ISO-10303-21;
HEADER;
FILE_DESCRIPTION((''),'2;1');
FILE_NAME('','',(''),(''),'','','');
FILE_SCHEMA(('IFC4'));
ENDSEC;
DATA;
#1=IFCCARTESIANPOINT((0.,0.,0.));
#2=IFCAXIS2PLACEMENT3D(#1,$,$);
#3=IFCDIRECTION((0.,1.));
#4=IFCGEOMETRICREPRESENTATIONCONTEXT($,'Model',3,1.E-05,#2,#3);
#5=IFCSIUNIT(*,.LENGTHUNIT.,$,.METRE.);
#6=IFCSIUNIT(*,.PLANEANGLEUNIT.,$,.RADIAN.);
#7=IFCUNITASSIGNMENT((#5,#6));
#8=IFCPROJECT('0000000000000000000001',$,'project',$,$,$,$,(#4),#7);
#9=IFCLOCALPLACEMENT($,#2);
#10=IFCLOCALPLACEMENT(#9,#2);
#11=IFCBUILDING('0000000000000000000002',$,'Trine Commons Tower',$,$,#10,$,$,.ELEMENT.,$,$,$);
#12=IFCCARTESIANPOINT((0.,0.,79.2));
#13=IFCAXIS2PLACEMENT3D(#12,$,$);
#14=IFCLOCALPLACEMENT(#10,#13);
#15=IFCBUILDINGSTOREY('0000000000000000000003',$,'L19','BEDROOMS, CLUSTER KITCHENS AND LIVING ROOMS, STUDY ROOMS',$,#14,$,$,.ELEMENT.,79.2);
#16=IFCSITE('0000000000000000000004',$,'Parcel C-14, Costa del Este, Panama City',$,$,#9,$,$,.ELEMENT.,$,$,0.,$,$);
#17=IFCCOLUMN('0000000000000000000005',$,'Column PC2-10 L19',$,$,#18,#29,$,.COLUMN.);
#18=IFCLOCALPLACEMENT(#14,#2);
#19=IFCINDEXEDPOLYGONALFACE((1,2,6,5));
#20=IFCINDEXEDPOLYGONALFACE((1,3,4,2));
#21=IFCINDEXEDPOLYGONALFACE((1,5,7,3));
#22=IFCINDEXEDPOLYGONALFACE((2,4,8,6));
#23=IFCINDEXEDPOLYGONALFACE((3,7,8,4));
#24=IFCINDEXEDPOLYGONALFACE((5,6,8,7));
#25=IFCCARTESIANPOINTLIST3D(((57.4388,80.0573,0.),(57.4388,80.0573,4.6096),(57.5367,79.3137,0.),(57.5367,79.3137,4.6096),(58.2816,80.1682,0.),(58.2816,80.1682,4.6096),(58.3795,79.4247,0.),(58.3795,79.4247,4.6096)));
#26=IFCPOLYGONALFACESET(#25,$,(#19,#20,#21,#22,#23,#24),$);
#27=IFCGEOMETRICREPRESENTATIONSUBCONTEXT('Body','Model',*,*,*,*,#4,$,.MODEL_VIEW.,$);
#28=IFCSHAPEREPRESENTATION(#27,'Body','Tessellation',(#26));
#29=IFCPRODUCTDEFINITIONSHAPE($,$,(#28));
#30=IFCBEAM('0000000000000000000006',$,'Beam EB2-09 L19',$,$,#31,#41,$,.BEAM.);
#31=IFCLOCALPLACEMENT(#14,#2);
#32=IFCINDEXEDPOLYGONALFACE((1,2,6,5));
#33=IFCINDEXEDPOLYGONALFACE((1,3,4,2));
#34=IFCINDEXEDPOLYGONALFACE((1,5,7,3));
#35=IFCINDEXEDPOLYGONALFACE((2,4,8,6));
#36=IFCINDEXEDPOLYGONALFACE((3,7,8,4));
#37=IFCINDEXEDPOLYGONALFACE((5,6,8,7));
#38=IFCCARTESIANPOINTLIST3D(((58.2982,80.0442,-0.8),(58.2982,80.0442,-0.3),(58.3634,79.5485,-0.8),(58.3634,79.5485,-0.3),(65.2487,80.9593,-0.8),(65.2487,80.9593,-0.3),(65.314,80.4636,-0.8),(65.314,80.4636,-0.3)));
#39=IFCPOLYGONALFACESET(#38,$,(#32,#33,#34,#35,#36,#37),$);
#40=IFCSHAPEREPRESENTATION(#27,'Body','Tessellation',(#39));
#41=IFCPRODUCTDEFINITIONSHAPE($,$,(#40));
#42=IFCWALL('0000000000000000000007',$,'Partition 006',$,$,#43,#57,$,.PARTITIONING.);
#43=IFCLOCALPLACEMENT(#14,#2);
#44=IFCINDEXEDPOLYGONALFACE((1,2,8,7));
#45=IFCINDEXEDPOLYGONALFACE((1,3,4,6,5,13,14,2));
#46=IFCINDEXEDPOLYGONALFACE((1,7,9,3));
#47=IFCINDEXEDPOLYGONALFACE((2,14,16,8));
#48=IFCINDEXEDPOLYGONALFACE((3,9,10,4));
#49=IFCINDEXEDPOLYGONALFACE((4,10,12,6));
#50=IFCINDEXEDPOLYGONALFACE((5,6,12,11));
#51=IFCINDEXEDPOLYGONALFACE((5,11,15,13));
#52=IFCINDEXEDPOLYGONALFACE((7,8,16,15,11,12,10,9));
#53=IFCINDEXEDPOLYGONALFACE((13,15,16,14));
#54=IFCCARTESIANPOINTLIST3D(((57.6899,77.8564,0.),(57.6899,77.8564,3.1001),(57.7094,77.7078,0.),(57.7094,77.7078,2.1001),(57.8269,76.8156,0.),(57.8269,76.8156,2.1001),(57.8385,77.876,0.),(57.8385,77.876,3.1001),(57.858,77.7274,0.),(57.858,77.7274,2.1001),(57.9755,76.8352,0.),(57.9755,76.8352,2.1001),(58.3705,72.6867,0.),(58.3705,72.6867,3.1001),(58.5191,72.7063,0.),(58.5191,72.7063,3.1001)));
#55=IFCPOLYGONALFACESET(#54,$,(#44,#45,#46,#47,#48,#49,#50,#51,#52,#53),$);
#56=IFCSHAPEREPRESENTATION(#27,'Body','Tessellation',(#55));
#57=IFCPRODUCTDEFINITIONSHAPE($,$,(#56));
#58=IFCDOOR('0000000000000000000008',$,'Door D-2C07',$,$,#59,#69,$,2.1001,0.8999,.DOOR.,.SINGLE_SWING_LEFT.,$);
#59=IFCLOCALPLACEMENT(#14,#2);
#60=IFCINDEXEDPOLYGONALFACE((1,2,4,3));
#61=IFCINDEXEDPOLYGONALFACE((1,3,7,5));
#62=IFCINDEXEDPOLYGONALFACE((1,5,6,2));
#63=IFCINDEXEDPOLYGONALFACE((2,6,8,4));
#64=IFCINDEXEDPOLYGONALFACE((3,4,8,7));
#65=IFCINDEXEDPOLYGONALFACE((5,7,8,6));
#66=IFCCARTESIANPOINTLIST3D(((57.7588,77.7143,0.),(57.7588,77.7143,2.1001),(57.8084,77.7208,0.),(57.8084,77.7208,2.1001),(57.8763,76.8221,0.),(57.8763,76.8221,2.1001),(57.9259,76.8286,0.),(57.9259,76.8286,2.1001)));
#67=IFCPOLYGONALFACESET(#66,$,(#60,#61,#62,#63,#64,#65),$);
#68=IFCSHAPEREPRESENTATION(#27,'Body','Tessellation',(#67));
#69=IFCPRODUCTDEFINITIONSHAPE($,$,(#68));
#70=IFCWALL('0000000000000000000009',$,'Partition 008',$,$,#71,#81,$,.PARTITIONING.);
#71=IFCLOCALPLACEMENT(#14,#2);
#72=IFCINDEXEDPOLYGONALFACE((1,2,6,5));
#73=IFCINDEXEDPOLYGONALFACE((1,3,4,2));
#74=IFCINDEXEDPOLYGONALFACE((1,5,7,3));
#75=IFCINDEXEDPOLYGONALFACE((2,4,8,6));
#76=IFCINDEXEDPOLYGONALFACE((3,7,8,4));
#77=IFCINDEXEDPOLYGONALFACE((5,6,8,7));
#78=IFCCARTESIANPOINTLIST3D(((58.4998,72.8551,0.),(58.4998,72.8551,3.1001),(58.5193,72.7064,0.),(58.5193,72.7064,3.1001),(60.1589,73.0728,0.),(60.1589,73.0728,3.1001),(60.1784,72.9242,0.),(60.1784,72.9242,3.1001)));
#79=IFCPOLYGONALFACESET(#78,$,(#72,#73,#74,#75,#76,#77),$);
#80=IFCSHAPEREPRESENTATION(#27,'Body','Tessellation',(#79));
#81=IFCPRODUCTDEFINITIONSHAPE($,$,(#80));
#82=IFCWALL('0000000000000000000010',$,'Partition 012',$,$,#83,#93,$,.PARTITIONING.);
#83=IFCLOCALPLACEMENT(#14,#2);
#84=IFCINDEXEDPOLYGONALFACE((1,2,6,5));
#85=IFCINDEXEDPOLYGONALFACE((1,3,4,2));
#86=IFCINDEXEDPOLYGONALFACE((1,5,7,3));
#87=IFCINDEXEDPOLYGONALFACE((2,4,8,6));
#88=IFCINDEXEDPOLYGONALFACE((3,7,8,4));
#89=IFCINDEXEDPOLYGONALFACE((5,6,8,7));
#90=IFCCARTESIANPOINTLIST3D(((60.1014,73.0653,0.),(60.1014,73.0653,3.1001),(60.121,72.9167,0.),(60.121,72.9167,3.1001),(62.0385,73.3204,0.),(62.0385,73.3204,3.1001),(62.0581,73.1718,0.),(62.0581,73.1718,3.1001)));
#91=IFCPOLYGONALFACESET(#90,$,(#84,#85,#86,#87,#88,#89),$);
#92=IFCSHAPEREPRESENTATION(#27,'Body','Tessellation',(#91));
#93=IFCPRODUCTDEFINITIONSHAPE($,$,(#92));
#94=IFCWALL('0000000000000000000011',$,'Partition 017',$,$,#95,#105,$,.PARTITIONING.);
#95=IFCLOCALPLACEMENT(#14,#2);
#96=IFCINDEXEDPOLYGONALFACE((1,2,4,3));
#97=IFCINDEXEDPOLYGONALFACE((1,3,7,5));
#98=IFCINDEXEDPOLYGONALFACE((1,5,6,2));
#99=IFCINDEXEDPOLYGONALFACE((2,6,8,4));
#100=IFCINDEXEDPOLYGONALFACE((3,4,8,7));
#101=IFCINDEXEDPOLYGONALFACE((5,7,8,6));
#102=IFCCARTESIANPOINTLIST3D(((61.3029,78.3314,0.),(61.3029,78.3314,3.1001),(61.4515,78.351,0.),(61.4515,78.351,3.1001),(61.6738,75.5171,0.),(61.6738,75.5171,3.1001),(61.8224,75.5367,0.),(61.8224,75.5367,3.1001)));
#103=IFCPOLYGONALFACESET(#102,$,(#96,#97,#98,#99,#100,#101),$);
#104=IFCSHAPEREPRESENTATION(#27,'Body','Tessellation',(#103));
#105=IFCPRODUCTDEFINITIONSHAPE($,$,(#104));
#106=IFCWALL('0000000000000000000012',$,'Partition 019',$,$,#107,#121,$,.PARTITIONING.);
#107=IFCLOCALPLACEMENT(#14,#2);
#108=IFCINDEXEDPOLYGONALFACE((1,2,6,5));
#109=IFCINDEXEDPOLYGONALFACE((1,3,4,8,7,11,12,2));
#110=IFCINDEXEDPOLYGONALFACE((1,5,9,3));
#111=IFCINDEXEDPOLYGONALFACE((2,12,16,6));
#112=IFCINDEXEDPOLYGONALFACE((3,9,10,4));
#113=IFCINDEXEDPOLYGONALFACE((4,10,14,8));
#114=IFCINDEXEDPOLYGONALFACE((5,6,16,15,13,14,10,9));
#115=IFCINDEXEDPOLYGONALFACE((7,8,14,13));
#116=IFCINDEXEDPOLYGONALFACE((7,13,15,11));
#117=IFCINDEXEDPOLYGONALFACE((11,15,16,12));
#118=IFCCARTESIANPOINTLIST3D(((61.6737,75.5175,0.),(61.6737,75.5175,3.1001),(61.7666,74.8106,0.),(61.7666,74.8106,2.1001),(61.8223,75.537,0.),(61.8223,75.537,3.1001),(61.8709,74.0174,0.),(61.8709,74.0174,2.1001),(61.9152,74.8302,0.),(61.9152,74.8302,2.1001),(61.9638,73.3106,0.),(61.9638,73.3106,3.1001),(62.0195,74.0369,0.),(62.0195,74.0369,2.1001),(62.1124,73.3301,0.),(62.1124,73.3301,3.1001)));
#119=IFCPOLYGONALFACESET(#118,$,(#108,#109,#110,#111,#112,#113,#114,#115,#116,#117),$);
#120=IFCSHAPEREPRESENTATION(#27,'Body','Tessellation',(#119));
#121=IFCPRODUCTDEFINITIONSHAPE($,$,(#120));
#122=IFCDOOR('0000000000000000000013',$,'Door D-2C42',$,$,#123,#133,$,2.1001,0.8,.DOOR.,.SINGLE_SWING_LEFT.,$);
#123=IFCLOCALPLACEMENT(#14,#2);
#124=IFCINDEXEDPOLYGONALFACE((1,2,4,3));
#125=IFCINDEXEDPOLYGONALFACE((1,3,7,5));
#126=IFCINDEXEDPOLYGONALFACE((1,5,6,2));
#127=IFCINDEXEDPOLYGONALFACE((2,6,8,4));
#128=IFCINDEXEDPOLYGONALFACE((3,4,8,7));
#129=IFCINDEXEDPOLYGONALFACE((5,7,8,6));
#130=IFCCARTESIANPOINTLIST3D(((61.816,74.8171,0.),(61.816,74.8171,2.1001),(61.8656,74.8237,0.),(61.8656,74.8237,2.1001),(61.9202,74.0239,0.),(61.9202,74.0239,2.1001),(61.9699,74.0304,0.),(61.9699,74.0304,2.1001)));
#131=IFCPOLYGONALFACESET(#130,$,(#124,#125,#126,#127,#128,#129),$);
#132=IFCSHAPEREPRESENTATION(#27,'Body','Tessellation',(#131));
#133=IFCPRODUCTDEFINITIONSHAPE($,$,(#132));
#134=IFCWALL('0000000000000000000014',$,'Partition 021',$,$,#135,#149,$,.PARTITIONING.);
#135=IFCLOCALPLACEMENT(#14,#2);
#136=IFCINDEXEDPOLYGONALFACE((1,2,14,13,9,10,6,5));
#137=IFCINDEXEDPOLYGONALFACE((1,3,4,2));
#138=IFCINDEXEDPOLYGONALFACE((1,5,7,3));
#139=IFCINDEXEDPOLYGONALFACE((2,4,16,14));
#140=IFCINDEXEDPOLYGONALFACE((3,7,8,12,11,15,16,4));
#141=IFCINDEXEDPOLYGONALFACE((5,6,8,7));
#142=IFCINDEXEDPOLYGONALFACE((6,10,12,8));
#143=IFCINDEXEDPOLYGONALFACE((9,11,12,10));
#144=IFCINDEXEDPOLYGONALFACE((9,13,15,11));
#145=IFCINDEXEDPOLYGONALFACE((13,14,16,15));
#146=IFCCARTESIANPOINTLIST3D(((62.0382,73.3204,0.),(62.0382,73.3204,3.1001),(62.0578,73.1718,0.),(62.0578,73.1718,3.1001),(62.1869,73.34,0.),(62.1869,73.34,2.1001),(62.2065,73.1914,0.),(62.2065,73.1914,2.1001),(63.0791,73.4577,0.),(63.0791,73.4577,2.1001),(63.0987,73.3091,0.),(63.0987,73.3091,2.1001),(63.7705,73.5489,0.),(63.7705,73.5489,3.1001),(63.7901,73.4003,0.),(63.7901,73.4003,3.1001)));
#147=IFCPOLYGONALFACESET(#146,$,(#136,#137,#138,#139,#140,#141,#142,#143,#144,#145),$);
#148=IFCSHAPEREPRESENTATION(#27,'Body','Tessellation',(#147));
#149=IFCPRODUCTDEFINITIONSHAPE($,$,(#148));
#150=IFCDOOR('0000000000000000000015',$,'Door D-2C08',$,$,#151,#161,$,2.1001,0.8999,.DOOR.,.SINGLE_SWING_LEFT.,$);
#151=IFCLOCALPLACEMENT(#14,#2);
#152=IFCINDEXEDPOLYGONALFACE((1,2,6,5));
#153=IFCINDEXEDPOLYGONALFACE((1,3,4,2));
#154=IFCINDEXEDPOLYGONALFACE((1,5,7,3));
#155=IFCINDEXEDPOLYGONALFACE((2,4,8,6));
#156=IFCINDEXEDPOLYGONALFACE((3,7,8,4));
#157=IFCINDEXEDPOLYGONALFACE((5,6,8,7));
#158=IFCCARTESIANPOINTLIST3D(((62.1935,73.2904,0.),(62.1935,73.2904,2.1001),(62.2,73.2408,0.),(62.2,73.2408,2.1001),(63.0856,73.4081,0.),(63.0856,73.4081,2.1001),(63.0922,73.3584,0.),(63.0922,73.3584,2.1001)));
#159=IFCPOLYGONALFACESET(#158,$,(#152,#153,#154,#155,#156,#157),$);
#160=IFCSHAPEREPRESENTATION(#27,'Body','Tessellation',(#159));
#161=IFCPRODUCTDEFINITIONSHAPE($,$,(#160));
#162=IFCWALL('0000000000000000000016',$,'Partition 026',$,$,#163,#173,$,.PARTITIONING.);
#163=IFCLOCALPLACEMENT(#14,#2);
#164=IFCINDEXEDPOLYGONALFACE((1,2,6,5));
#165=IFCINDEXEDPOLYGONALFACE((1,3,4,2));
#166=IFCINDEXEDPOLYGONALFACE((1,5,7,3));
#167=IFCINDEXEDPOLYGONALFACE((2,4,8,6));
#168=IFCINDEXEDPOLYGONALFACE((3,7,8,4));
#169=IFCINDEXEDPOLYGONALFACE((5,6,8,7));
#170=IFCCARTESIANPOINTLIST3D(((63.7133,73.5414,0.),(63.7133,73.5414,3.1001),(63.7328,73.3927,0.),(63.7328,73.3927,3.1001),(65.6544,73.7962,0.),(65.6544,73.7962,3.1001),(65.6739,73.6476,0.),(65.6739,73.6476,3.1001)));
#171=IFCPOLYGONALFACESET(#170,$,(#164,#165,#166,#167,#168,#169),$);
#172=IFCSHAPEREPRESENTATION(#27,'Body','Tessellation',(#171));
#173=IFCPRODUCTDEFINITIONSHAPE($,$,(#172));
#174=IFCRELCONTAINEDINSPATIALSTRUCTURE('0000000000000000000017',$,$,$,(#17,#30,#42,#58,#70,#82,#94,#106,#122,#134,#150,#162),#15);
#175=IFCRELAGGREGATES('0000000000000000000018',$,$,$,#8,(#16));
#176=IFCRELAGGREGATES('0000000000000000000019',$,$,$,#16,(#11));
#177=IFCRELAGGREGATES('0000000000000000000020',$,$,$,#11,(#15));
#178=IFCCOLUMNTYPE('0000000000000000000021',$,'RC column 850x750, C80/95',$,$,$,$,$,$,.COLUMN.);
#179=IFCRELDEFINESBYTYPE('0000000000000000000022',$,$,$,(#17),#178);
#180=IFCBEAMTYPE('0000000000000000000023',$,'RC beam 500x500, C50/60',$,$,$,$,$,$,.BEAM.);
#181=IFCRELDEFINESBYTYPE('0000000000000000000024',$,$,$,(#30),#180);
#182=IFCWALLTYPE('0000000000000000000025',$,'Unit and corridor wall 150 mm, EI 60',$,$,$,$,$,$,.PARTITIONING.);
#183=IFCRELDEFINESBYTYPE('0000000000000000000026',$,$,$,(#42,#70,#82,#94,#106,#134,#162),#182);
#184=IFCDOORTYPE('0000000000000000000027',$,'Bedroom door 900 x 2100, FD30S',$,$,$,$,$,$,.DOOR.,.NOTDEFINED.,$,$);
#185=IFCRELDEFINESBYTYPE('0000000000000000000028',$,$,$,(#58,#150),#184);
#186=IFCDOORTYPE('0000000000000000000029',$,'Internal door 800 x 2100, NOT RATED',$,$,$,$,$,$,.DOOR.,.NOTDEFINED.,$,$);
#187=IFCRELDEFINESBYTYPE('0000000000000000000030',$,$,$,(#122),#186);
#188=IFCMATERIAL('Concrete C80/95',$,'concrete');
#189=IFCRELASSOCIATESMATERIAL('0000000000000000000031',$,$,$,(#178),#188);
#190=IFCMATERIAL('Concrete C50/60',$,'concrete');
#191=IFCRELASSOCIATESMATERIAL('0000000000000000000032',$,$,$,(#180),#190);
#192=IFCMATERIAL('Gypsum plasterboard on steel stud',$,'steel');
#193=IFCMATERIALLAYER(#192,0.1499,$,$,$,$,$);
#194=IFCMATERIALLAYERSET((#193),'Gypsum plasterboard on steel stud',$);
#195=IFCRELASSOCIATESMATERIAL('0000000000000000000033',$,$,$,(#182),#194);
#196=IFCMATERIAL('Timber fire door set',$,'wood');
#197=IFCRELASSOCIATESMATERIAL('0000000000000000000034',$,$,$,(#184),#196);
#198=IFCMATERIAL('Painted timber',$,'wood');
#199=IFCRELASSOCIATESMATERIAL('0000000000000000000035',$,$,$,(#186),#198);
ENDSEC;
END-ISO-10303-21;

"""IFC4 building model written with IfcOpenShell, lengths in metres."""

from ifc_helpers import new_model, si_unit, direction, frame, frame_2d, origin, origin_2d, place, context, subcontext, project, spatial, rectangle, extrude, material, layer, layer_set, material_profile, profile_set, type_object, element, fill, save


model = new_model("IFC4")

# Units and contexts
model_context = context("Model", 3, precision=1e-05, world=origin(), true_north=direction((0.0, 1.0)))
body_context = subcontext(model_context, "Body", "Model", "MODEL_VIEW")
ifc_project = project(units=[si_unit("LENGTHUNIT", "METRE"), si_unit("PLANEANGLEUNIT", "RADIAN")], contexts=[model_context])

# Site, building, storey
site_placement = place(None, origin())
site = spatial("IfcSite", under=ifc_project, at=site_placement, Name="Parcel C-14, Costa del Este, Panama City", CompositionType="ELEMENT", RefElevation=0.0)
building_placement = place(site_placement, origin())
building = spatial("IfcBuilding", under=site, at=building_placement, Name="Trine Commons Tower", CompositionType="ELEMENT")
storey_placement = place(building_placement, frame((0.0, 0.0, 79.2)))
storey = spatial("IfcBuildingStorey", under=building, at=storey_placement, Name="L19", Description="BEDROOMS, CLUSTER KITCHENS AND LIVING ROOMS, STUDY ROOMS", CompositionType="ELEMENT", Elevation=79.2)

# Column
ifc_material_1 = material(Name="Concrete C80/95", Category="concrete")
ifc_material_profile_1 = material_profile(ifc_material_1, rectangle(XDim=0.8501, YDim=0.75, at=origin_2d()), Name="RC 850x750")
ifc_profile_set_1 = profile_set([ifc_material_profile_1], Name="Concrete C80/95")
column_type = type_object("IfcColumnType", Name="RC column 850x750, C80/95", PredefinedType="COLUMN", material=ifc_profile_set_1)
column_placement = place(storey_placement, frame((57.9092, 79.741, 0.0), z_axis=(0.0, 0.0, 1.0), x_axis=(0.991445, 0.130526, 0.0)))
element("IfcColumn", 1, at=column_placement, inside=storey, type_object=column_type, Name="Column PC2-10 L19", PredefinedType="COLUMN", context=body_context, shape_type="SweptSolid", body=[
    extrude(rectangle(XDim=0.8501, YDim=0.75, at=origin_2d()), origin(), (0.0, 0.0, 1.0), 4.6096),
])

# Beam
ifc_material_2 = material(Name="Concrete C50/60", Category="concrete")
ifc_material_profile_2 = material_profile(ifc_material_2, rectangle(XDim=0.5, YDim=0.5, at=origin_2d()), Name="RC 500x500")
ifc_profile_set_2 = profile_set([ifc_material_profile_2], Name="Concrete C50/60")
beam_type = type_object("IfcBeamType", Name="RC beam 500x500, C50/60", PredefinedType="BEAM", material=ifc_profile_set_2)
beam_placement = place(storey_placement, frame((58.3308, 79.7964, -0.55), z_axis=(0.991445, 0.130526, 0.0), x_axis=(-0.130526, 0.991445, 0.0)))
element("IfcBeam", 2, at=beam_placement, inside=storey, type_object=beam_type, Name="Beam EB2-09 L19", PredefinedType="BEAM", context=body_context, shape_type="SweptSolid", body=[
    extrude(rectangle(XDim=0.5, YDim=0.5, at=origin_2d()), origin(), (0.0, 0.0, 1.0), 7.0105),
])

# Wall, opening, door
ifc_material_3 = material(Name="Gypsum plasterboard on steel stud", Category="steel")
ifc_layer_1 = layer(ifc_material_3, 0.1499)
ifc_layer_set_1 = layer_set([ifc_layer_1], Name="Gypsum plasterboard on steel stud")
wall_type_1 = type_object("IfcWallType", Name="Unit and corridor wall 150 mm, EI 60", PredefinedType="PARTITIONING", material=ifc_layer_set_1)
wall_1_placement = place(storey_placement, frame((57.7642, 77.8662, 0.0), z_axis=(0.0, 0.0, 1.0), x_axis=(0.130538, -0.991443, 0.0)))
wall_1 = element("IfcWall", 3, at=wall_1_placement, inside=storey, type_object=wall_type_1, Name="Partition 006", PredefinedType="PARTITIONING", context=body_context, shape_type="SweptSolid", body=[
    extrude(rectangle(XDim=5.2144, YDim=0.1499, at=frame_2d((2.6072, 0.0))), origin(), (0.0, 0.0, 1.0), 3.1001),
])
opening_1_placement = place(wall_1_placement, frame((0.1499, 0.0, 0.0)))
opening_1 = element("IfcOpeningElement", 4, at=opening_1_placement, cuts=wall_1, PredefinedType="OPENING", context=body_context, shape_type="SweptSolid", body=[
    extrude(rectangle(XDim=0.8999, YDim=2.1001, at=frame_2d((0.45, 1.05))), frame((0.0, 0.085, 0.0), z_axis=(0.0, -1.0, 0.0), x_axis=(1.0, 0.0, 0.0)), (0.0, 0.0, 1.0), 0.1699),
])
ifc_material_4 = material(Name="Timber fire door set", Category="wood")
door_type_1 = type_object("IfcDoorType", Name="Bedroom door 900 x 2100, FD30S", OperationType="NOTDEFINED", PredefinedType="DOOR", material=ifc_material_4)
door_1_placement = place(opening_1_placement, origin())
door_1 = element("IfcDoor", 5, at=door_1_placement, inside=storey, type_object=door_type_1, Name="Door D-2C07", OperationType="SINGLE_SWING_LEFT", OverallHeight=2.1001, OverallWidth=0.8999, PredefinedType="DOOR", context=body_context, shape_type="SweptSolid", body=[
    extrude(rectangle(XDim=0.8999, YDim=2.1001, at=frame_2d((0.45, 1.05))), frame((0.0, 0.0249, 0.0), z_axis=(0.0, -1.0, 0.0), x_axis=(1.0, 0.0, 0.0)), (0.0, 0.0, 1.0), 0.05),
])
fill(opening_1, door_1)

# Walls
wall_2_placement = place(storey_placement, frame((58.5095, 72.7808, 0.0), z_axis=(0.0, 0.0, 1.0), x_axis=(0.991496, 0.130137, 0.0)))
element("IfcWall", 6, at=wall_2_placement, inside=storey, type_object=wall_type_1, Name="Partition 008", PredefinedType="PARTITIONING", context=body_context, shape_type="SweptSolid", body=[
    extrude(rectangle(XDim=1.6733, YDim=0.1499, at=frame_2d((0.8367, 0.0))), origin(), (0.0, 0.0, 1.0), 3.1001),
])
wall_3_placement = place(storey_placement, frame((60.1111, 72.991, 0.0), z_axis=(0.0, 0.0, 1.0), x_axis=(0.991437, 0.130584, 0.0)))
element("IfcWall", 7, at=wall_3_placement, inside=storey, type_object=wall_type_1, Name="Partition 012", PredefinedType="PARTITIONING", context=body_context, shape_type="SweptSolid", body=[
    extrude(rectangle(XDim=1.9539, YDim=0.1499, at=frame_2d((0.9771, 0.0))), origin(), (0.0, 0.0, 1.0), 3.1001),
])
wall_4_placement = place(storey_placement, frame((61.3772, 78.3413, 0.0), z_axis=(0.0, 0.0, 1.0), x_axis=(0.130648, -0.991429, 0.0)))
element("IfcWall", 8, at=wall_4_placement, inside=storey, type_object=wall_type_1, Name="Partition 017", PredefinedType="PARTITIONING", context=body_context, shape_type="SweptSolid", body=[
    extrude(rectangle(XDim=2.8386, YDim=0.1499, at=frame_2d((1.4194, 0.0))), origin(), (0.0, 0.0, 1.0), 3.1001),
])

# Walls, openings, doors
wall_5_placement = place(storey_placement, frame((61.748, 75.5271, 0.0), z_axis=(0.0, 0.0, 1.0), x_axis=(0.13031, -0.991473, 0.0)))
wall_5 = element("IfcWall", 9, at=wall_5_placement, inside=storey, type_object=wall_type_1, Name="Partition 019", PredefinedType="PARTITIONING", context=body_context, shape_type="SweptSolid", body=[
    extrude(rectangle(XDim=2.2258, YDim=0.1499, at=frame_2d((1.1128, 0.0))), origin(), (0.0, 0.0, 1.0), 3.1001),
])
opening_2_placement = place(wall_5_placement, frame((0.7129, 0.0, 0.0)))
opening_2 = element("IfcOpeningElement", 10, at=opening_2_placement, cuts=wall_5, PredefinedType="OPENING", context=body_context, shape_type="SweptSolid", body=[
    extrude(rectangle(XDim=0.8, YDim=2.1001, at=frame_2d((0.3999, 1.05))), frame((0.0, 0.085, 0.0), z_axis=(0.0, -1.0, 0.0), x_axis=(1.0, 0.0, 0.0)), (0.0, 0.0, 1.0), 0.1699),
])
ifc_material_5 = material(Name="Painted timber", Category="wood")
door_type_2 = type_object("IfcDoorType", Name="Internal door 800 x 2100, NOT RATED", OperationType="NOTDEFINED", PredefinedType="DOOR", material=ifc_material_5)
door_2_placement = place(opening_2_placement, origin())
door_2 = element("IfcDoor", 11, at=door_2_placement, inside=storey, type_object=door_type_2, Name="Door D-2C42", OperationType="SINGLE_SWING_LEFT", OverallHeight=2.1001, OverallWidth=0.8, PredefinedType="DOOR", context=body_context, shape_type="SweptSolid", body=[
    extrude(rectangle(XDim=0.8, YDim=2.1001, at=frame_2d((0.3999, 1.05))), frame((0.0, 0.0249, 0.0), z_axis=(0.0, -1.0, 0.0), x_axis=(1.0, 0.0, 0.0)), (0.0, 0.0, 1.0), 0.05),
])
fill(opening_2, door_2)
wall_6_placement = place(storey_placement, frame((62.0481, 73.2461, 0.0), z_axis=(0.0, 0.0, 1.0), x_axis=(0.991412, 0.130773, 0.0)))
wall_6 = element("IfcWall", 12, at=wall_6_placement, inside=storey, type_object=wall_type_1, Name="Partition 021", PredefinedType="PARTITIONING", context=body_context, shape_type="SweptSolid", body=[
    extrude(rectangle(XDim=1.7473, YDim=0.1499, at=frame_2d((0.8735, 0.0))), origin(), (0.0, 0.0, 1.0), 3.1001),
])
opening_3_placement = place(wall_6_placement, frame((0.1499, 0.0, 0.0)))
opening_3 = element("IfcOpeningElement", 13, at=opening_3_placement, cuts=wall_6, PredefinedType="OPENING", context=body_context, shape_type="SweptSolid", body=[
    extrude(rectangle(XDim=0.8999, YDim=2.1001, at=frame_2d((0.45, 1.05))), frame((0.0, 0.085, 0.0), z_axis=(0.0, -1.0, 0.0), x_axis=(1.0, 0.0, 0.0)), (0.0, 0.0, 1.0), 0.1699),
])
door_3_placement = place(opening_3_placement, origin())
door_3 = element("IfcDoor", 14, at=door_3_placement, inside=storey, type_object=door_type_1, Name="Door D-2C08", OperationType="SINGLE_SWING_LEFT", OverallHeight=2.1001, OverallWidth=0.8999, PredefinedType="DOOR", context=body_context, shape_type="SweptSolid", body=[
    extrude(rectangle(XDim=0.8999, YDim=2.1001, at=frame_2d((0.45, 1.05))), frame((0.0, 0.0249, 0.0), z_axis=(0.0, -1.0, 0.0), x_axis=(1.0, 0.0, 0.0)), (0.0, 0.0, 1.0), 0.05),
])
fill(opening_3, door_3)

# Wall
wall_7_placement = place(storey_placement, frame((63.7229, 73.467, 0.0), z_axis=(0.0, 0.0, 1.0), x_axis=(0.991489, 0.130187, 0.0)))
element("IfcWall", 15, at=wall_7_placement, inside=storey, type_object=wall_type_1, Name="Partition 026", PredefinedType="PARTITIONING", context=body_context, shape_type="SweptSolid", body=[
    extrude(rectangle(XDim=1.9578, YDim=0.1499, at=frame_2d((0.979, 0.0))), origin(), (0.0, 0.0, 1.0), 3.1001),
])

save(model, "model.ifc")
